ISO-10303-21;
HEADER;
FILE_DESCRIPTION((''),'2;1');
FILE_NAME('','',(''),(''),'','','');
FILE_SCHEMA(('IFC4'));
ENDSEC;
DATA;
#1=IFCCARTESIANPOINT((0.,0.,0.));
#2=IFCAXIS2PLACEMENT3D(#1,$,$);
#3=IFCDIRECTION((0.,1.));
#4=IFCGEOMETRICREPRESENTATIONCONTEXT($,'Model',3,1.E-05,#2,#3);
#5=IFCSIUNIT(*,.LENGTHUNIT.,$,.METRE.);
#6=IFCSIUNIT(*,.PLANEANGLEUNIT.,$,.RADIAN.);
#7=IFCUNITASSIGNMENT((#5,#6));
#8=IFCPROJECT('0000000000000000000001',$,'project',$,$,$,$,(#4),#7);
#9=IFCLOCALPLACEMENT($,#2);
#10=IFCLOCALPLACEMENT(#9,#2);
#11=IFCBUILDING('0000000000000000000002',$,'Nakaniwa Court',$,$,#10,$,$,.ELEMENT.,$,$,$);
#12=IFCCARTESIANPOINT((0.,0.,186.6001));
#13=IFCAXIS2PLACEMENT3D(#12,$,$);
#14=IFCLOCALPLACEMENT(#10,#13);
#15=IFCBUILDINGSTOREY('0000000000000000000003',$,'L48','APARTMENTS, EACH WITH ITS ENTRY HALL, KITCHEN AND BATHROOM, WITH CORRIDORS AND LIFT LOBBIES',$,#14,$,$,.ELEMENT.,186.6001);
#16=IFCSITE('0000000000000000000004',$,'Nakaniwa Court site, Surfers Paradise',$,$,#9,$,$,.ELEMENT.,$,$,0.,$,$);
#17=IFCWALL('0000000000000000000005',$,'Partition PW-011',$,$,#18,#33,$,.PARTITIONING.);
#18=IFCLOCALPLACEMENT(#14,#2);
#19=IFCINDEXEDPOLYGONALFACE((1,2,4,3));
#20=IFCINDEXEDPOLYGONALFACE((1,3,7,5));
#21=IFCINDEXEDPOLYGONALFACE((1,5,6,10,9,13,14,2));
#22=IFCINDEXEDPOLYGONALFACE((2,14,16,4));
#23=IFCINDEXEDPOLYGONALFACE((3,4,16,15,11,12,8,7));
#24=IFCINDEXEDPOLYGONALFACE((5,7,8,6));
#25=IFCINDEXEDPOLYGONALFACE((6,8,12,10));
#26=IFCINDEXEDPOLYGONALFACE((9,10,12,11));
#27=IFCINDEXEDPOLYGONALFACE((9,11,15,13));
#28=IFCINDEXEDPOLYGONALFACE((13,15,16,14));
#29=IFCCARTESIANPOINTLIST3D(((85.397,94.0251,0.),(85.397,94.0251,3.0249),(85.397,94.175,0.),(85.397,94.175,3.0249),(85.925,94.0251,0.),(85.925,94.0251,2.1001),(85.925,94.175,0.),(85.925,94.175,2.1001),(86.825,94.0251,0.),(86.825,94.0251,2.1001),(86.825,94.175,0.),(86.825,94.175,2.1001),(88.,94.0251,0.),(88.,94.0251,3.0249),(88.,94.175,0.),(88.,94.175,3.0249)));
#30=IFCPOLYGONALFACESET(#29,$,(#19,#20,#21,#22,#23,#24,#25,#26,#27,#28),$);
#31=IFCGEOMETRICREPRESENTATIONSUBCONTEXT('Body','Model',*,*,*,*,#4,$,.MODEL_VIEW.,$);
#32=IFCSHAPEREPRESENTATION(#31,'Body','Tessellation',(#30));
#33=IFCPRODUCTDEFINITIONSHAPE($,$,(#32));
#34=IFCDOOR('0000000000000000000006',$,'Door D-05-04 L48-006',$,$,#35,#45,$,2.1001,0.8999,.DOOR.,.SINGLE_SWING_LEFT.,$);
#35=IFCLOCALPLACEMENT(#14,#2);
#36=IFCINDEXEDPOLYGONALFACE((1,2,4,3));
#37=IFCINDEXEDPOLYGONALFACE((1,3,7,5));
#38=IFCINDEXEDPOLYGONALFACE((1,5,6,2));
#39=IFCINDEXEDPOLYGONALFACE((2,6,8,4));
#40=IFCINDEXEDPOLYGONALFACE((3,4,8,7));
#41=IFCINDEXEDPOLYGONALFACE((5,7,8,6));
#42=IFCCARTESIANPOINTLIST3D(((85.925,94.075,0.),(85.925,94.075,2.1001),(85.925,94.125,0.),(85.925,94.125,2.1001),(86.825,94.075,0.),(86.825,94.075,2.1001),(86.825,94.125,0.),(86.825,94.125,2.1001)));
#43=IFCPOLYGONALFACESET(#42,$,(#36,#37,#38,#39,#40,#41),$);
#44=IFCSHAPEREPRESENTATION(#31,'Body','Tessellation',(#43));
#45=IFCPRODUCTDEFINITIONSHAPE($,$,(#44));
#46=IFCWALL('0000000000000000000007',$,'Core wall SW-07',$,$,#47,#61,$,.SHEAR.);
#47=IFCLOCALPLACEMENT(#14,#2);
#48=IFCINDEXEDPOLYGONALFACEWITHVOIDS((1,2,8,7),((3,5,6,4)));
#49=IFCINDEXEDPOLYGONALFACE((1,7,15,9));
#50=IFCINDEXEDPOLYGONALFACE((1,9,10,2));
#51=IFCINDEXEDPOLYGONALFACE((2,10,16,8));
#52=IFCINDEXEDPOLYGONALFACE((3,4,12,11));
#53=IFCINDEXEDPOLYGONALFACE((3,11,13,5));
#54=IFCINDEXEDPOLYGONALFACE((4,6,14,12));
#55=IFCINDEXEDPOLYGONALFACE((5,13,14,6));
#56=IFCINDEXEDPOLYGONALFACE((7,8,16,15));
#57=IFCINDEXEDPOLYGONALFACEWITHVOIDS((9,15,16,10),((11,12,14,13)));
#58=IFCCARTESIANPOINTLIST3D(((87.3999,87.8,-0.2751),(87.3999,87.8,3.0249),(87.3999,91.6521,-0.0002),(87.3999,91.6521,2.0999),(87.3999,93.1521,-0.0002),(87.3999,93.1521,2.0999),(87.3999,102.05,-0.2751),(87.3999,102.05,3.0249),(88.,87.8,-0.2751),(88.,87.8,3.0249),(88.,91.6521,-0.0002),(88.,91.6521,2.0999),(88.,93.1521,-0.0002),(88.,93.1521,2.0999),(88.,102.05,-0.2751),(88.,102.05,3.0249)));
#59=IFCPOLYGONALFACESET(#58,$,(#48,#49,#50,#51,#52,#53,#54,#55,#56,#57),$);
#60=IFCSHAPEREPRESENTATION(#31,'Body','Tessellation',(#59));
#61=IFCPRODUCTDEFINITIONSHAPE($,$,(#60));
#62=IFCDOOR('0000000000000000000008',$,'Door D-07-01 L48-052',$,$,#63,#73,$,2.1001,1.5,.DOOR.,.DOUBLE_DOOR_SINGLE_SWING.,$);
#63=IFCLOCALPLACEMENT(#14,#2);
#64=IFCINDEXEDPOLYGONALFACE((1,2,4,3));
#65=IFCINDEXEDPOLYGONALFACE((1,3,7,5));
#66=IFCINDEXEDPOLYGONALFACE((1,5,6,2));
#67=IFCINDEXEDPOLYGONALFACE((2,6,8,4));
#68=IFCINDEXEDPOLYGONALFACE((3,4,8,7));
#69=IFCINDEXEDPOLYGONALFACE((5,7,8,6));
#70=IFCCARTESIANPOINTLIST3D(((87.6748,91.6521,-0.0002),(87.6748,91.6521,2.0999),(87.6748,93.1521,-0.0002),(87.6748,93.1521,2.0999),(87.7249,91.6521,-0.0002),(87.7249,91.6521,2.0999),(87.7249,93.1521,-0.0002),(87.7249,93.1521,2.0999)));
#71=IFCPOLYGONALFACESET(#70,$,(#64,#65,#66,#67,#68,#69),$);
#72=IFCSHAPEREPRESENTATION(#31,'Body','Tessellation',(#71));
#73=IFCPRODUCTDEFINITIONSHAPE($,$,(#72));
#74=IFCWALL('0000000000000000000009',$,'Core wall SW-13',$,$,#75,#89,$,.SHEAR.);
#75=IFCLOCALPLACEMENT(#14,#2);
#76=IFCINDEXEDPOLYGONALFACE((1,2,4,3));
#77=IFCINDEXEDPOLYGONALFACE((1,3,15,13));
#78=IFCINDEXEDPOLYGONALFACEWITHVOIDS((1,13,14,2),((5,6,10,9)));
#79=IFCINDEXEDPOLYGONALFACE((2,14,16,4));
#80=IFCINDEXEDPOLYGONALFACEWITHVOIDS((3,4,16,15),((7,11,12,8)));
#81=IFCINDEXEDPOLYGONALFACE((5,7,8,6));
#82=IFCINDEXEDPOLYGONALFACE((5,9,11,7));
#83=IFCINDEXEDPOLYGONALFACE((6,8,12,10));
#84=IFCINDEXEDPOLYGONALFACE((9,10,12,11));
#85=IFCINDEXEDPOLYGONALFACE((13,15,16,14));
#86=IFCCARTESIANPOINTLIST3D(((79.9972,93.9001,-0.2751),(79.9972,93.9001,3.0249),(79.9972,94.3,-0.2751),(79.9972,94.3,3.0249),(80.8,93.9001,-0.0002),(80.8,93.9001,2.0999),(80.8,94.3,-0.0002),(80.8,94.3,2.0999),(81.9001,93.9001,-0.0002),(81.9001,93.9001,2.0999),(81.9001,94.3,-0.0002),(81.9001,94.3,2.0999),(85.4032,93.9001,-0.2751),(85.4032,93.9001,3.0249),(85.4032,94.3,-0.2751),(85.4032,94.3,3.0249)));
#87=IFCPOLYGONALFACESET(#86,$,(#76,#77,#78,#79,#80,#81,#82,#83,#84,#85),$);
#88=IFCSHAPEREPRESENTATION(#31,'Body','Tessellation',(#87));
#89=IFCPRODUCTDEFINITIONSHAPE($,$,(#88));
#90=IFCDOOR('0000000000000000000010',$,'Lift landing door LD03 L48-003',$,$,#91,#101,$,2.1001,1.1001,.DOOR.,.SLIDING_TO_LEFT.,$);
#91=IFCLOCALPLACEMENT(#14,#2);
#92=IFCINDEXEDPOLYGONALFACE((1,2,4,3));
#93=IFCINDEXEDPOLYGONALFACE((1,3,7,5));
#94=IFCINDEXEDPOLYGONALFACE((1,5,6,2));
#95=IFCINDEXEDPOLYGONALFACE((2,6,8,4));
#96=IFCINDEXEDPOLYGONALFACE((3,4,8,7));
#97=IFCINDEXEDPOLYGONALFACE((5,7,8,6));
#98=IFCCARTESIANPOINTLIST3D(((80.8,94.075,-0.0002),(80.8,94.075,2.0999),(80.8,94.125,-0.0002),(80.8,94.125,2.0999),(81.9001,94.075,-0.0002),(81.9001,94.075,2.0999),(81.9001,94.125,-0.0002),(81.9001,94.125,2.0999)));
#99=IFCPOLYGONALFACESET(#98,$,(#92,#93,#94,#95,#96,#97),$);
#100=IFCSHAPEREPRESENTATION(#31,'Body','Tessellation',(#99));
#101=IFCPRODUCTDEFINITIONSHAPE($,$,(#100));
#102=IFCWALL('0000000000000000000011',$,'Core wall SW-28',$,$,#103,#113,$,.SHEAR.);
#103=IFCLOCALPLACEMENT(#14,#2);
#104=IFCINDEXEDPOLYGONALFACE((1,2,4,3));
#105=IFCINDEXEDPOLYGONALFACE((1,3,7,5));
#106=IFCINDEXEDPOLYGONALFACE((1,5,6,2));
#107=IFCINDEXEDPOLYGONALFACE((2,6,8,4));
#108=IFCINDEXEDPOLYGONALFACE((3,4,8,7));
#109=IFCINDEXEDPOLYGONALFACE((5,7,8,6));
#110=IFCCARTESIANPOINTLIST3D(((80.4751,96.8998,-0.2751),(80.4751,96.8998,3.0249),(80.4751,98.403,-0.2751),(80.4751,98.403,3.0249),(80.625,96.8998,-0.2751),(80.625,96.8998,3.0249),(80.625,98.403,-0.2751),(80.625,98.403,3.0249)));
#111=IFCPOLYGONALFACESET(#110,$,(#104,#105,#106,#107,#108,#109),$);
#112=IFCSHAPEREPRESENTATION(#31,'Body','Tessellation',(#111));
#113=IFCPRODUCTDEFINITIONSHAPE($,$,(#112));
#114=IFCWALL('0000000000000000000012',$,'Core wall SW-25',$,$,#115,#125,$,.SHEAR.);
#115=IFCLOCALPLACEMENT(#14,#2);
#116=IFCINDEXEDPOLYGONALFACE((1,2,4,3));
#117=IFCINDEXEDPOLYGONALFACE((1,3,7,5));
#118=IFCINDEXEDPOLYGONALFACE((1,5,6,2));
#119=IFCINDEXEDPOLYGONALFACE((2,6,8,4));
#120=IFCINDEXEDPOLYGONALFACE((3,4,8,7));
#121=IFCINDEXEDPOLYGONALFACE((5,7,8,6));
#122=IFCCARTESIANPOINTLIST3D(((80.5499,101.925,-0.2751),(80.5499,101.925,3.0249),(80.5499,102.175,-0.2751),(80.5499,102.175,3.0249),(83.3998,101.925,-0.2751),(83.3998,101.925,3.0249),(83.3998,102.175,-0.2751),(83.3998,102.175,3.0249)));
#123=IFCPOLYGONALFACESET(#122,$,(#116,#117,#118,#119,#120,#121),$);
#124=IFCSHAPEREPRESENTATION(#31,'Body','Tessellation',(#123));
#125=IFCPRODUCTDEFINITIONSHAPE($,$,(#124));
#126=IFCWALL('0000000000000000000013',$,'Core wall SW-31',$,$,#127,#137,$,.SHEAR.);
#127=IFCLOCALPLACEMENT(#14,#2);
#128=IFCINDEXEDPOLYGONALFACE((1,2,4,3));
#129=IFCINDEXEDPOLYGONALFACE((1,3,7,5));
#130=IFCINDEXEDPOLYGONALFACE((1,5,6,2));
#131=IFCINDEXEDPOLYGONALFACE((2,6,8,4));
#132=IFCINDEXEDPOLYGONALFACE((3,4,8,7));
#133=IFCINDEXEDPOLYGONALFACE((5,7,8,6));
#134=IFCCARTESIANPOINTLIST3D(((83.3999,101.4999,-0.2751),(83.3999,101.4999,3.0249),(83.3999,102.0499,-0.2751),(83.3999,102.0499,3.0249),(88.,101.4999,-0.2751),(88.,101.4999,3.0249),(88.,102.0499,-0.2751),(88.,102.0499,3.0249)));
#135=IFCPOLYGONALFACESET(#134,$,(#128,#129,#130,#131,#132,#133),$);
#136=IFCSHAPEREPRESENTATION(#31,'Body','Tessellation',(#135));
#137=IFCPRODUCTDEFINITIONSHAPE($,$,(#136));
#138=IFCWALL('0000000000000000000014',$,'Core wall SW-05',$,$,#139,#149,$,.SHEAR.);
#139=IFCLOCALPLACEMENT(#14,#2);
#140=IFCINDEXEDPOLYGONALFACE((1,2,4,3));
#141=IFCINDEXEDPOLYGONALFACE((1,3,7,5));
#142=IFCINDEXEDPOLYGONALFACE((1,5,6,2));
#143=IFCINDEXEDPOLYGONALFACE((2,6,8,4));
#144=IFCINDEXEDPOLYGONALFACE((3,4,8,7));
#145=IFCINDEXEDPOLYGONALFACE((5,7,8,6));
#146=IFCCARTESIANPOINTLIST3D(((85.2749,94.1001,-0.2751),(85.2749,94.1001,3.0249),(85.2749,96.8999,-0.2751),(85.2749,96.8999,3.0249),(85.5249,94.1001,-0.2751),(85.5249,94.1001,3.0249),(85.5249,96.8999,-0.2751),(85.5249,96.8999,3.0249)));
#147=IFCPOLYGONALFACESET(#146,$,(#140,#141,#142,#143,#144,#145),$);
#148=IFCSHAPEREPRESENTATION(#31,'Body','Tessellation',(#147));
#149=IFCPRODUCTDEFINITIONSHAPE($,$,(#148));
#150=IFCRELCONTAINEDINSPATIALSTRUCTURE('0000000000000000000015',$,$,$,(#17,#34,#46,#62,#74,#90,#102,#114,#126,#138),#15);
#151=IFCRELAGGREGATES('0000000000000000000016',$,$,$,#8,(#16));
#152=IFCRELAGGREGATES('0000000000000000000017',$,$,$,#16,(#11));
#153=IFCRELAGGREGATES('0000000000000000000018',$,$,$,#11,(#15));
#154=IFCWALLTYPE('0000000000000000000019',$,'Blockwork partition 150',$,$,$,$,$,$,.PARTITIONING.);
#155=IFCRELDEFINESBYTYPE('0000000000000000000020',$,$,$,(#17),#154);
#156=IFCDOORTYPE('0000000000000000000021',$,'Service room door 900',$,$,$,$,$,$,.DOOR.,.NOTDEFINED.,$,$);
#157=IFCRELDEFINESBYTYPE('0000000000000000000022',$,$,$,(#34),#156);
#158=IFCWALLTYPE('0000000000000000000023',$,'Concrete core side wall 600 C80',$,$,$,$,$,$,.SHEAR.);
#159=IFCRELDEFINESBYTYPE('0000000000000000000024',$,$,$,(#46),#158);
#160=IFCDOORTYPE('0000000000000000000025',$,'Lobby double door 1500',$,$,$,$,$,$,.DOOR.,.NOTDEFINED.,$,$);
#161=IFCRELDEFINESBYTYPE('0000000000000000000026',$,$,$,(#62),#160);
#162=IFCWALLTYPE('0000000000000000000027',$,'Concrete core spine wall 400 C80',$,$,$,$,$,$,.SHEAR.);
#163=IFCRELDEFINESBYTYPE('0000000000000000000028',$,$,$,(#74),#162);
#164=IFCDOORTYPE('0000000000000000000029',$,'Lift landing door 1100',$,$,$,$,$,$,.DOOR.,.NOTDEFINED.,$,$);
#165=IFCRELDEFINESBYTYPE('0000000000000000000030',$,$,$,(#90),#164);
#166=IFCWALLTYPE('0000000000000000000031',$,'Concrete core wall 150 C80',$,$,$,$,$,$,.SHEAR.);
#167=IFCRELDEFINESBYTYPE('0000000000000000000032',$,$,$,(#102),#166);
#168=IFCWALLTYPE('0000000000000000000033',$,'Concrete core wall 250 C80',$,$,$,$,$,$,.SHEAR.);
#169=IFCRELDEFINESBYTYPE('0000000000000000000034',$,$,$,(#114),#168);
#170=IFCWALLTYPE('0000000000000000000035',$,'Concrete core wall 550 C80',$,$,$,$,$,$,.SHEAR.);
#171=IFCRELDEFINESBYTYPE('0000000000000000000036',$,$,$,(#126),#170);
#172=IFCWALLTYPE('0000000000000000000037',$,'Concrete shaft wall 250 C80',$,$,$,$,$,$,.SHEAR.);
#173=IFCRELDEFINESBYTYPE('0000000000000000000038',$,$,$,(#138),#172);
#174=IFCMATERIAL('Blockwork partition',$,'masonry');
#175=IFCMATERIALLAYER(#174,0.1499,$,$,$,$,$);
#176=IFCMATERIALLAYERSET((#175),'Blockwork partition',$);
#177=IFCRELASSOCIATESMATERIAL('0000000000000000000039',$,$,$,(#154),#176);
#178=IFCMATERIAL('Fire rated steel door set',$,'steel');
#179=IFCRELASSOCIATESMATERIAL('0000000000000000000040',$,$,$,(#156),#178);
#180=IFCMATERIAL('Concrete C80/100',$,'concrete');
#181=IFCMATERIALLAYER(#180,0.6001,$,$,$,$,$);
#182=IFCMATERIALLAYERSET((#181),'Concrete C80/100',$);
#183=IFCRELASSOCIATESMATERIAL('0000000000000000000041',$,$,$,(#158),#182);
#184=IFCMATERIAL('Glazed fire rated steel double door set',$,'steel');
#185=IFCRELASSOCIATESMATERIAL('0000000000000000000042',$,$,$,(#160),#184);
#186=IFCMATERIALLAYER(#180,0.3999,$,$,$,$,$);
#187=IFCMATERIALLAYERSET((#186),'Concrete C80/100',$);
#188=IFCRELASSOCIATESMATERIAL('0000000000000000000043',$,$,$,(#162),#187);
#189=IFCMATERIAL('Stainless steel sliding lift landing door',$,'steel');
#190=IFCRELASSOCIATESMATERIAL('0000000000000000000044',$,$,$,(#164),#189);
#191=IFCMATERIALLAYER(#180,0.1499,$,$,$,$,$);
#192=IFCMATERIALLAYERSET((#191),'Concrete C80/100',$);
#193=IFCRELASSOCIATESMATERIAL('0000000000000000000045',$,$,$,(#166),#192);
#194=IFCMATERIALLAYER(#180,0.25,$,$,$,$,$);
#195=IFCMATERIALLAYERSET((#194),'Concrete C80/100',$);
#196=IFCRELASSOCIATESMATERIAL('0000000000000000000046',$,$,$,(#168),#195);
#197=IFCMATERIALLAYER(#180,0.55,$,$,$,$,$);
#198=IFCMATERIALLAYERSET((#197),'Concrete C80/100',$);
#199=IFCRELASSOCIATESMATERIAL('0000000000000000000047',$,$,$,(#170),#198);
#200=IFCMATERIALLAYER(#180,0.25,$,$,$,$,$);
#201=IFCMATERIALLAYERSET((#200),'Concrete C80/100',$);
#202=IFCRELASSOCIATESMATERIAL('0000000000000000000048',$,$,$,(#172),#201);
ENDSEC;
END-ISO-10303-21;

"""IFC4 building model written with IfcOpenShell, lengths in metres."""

from ifc_helpers import new_model, si_unit, direction, frame, frame_2d, origin, place, context, subcontext, project, spatial, rectangle, extrude, material, layer, layer_set, type_object, element, fill, save


model = new_model("IFC4")

# Units and contexts
model_context = context("Model", 3, precision=1e-05, world=origin(), true_north=direction((0.0, 1.0)))
body_context = subcontext(model_context, "Body", "Model", "MODEL_VIEW")
ifc_project = project(units=[si_unit("LENGTHUNIT", "METRE"), si_unit("PLANEANGLEUNIT", "RADIAN")], contexts=[model_context])

# Site, building, storey
site_placement = place(None, origin())
site = spatial("IfcSite", under=ifc_project, at=site_placement, Name="Nakaniwa Court site, Surfers Paradise", CompositionType="ELEMENT", RefElevation=0.0)
building_placement = place(site_placement, origin())
building = spatial("IfcBuilding", under=site, at=building_placement, Name="Nakaniwa Court", CompositionType="ELEMENT")
storey_placement = place(building_placement, frame((0.0, 0.0, 186.6001)))
storey = spatial("IfcBuildingStorey", under=building, at=storey_placement, Name="L48", Description="APARTMENTS, EACH WITH ITS ENTRY HALL, KITCHEN AND BATHROOM, WITH CORRIDORS AND LIFT LOBBIES", CompositionType="ELEMENT", Elevation=186.6001)

# Walls, openings, doors
ifc_material_1 = material(Name="Blockwork partition", Category="masonry")
ifc_layer_1 = layer(ifc_material_1, 0.1499)
ifc_layer_set_1 = layer_set([ifc_layer_1], Name="Blockwork partition")
wall_type_1 = type_object("IfcWallType", Name="Blockwork partition 150", PredefinedType="PARTITIONING", material=ifc_layer_set_1)
wall_1_placement = place(storey_placement, frame((85.397, 94.1001, 0.0), z_axis=(0.0, 0.0, 1.0), x_axis=(1.0, 0.0, 0.0)))
wall_1 = element("IfcWall", 1, at=wall_1_placement, inside=storey, type_object=wall_type_1, Name="Partition PW-011", PredefinedType="PARTITIONING", context=body_context, shape_type="SweptSolid", body=[
    extrude(rectangle(XDim=2.603, YDim=0.1499, at=frame_2d((1.3015, 0.0))), origin(), (0.0, 0.0, 1.0), 3.0249),
])
opening_1_placement = place(wall_1_placement, frame((0.5281, 0.0, 0.0)))
opening_1 = element("IfcOpeningElement", 2, at=opening_1_placement, cuts=wall_1, PredefinedType="OPENING", context=body_context, shape_type="SweptSolid", body=[
    extrude(rectangle(XDim=0.8999, YDim=2.1001, at=frame_2d((0.45, 1.05))), frame((0.0, 0.085, 0.0), z_axis=(0.0, -1.0, 0.0), x_axis=(1.0, 0.0, 0.0)), (0.0, 0.0, 1.0), 0.1699),
])
ifc_material_2 = material(Name="Fire rated steel door set", Category="steel")
door_type_1 = type_object("IfcDoorType", Name="Service room door 900", OperationType="NOTDEFINED", PredefinedType="DOOR", material=ifc_material_2)
door_1_placement = place(opening_1_placement, origin())
door_1 = element("IfcDoor", 3, at=door_1_placement, inside=storey, type_object=door_type_1, Name="Door D-05-04 L48-006", OperationType="SINGLE_SWING_LEFT", OverallHeight=2.1001, OverallWidth=0.8999, PredefinedType="DOOR", context=body_context, shape_type="SweptSolid", body=[
    extrude(rectangle(XDim=0.8999, YDim=2.1001, at=frame_2d((0.45, 1.05))), frame((0.0, 0.0249, 0.0), z_axis=(0.0, -1.0, 0.0), x_axis=(1.0, 0.0, 0.0)), (0.0, 0.0, 1.0), 0.05),
])
fill(opening_1, door_1)
ifc_material_3 = material(Name="Concrete C80/100", Category="concrete")
ifc_layer_2 = layer(ifc_material_3, 0.6001)
ifc_layer_set_2 = layer_set([ifc_layer_2], Name="Concrete C80/100")
wall_type_2 = type_object("IfcWallType", Name="Concrete core side wall 600 C80", PredefinedType="SHEAR", material=ifc_layer_set_2)
wall_2_placement = place(storey_placement, frame((87.7, 102.05, -0.2751), z_axis=(0.0, 0.0, 1.0), x_axis=(0.0, -1.0, 0.0)))
wall_2 = element("IfcWall", 4, at=wall_2_placement, inside=storey, type_object=wall_type_2, Name="Core wall SW-07", PredefinedType="SHEAR", context=body_context, shape_type="SweptSolid", body=[
    extrude(rectangle(XDim=14.25, YDim=0.6001, at=frame_2d((7.125, 0.0))), origin(), (0.0, 0.0, 1.0), 3.3),
])
opening_2_placement = place(wall_2_placement, frame((8.8979, 0.0, 0.2749)))
opening_2 = element("IfcOpeningElement", 5, at=opening_2_placement, cuts=wall_2, PredefinedType="OPENING", context=body_context, shape_type="SweptSolid", body=[
    extrude(rectangle(XDim=1.5, YDim=2.1001, at=frame_2d((0.75, 1.05))), frame((0.0, 0.3101, 0.0), z_axis=(0.0, -1.0, 0.0), x_axis=(1.0, 0.0, 0.0)), (0.0, 0.0, 1.0), 0.6201),
])
ifc_material_4 = material(Name="Glazed fire rated steel double door set", Category="steel")
door_type_2 = type_object("IfcDoorType", Name="Lobby double door 1500", OperationType="NOTDEFINED", PredefinedType="DOOR", material=ifc_material_4)
door_2_placement = place(opening_2_placement, origin())
door_2 = element("IfcDoor", 6, at=door_2_placement, inside=storey, type_object=door_type_2, Name="Door D-07-01 L48-052", OperationType="DOUBLE_DOOR_SINGLE_SWING", OverallHeight=2.1001, OverallWidth=1.5, PredefinedType="DOOR", context=body_context, shape_type="SweptSolid", body=[
    extrude(rectangle(XDim=1.5, YDim=2.1001, at=frame_2d((0.75, 1.05))), frame((0.0, 0.0249, 0.0), z_axis=(0.0, -1.0, 0.0), x_axis=(1.0, 0.0, 0.0)), (0.0, 0.0, 1.0), 0.05),
])
fill(opening_2, door_2)
ifc_layer_3 = layer(ifc_material_3, 0.3999)
ifc_layer_set_3 = layer_set([ifc_layer_3], Name="Concrete C80/100")
wall_type_3 = type_object("IfcWallType", Name="Concrete core spine wall 400 C80", PredefinedType="SHEAR", material=ifc_layer_set_3)
wall_3_placement = place(storey_placement, frame((79.9971, 94.1001, -0.2751), z_axis=(0.0, 0.0, 1.0), x_axis=(1.0, 0.0, 0.0)))
wall_3 = element("IfcWall", 7, at=wall_3_placement, inside=storey, type_object=wall_type_3, Name="Core wall SW-13", PredefinedType="SHEAR", context=body_context, shape_type="SweptSolid", body=[
    extrude(rectangle(XDim=5.406, YDim=0.3999, at=frame_2d((2.7031, 0.0))), origin(), (0.0, 0.0, 1.0), 3.3),
])
opening_3_placement = place(wall_3_placement, frame((0.803, 0.0, 0.2749)))
opening_3 = element("IfcOpeningElement", 8, at=opening_3_placement, cuts=wall_3, PredefinedType="OPENING", context=body_context, shape_type="SweptSolid", body=[
    extrude(rectangle(XDim=1.1001, YDim=2.1001, at=frame_2d((0.55, 1.05))), frame((0.0, 0.21, 0.0), z_axis=(0.0, -1.0, 0.0), x_axis=(1.0, 0.0, 0.0)), (0.0, 0.0, 1.0), 0.4199),
])
ifc_material_5 = material(Name="Stainless steel sliding lift landing door", Category="steel")
door_type_3 = type_object("IfcDoorType", Name="Lift landing door 1100", OperationType="NOTDEFINED", PredefinedType="DOOR", material=ifc_material_5)
door_3_placement = place(opening_3_placement, origin())
door_3 = element("IfcDoor", 9, at=door_3_placement, inside=storey, type_object=door_type_3, Name="Lift landing door LD03 L48-003", OperationType="SLIDING_TO_LEFT", OverallHeight=2.1001, OverallWidth=1.1001, PredefinedType="DOOR", context=body_context, shape_type="SweptSolid", body=[
    extrude(rectangle(XDim=1.1001, YDim=2.1001, at=frame_2d((0.55, 1.05))), frame((0.0, 0.0249, 0.0), z_axis=(0.0, -1.0, 0.0), x_axis=(1.0, 0.0, 0.0)), (0.0, 0.0, 1.0), 0.05),
])
fill(opening_3, door_3)

# Walls
ifc_layer_4 = layer(ifc_material_3, 0.1499)
ifc_layer_set_4 = layer_set([ifc_layer_4], Name="Concrete C80/100")
wall_type_4 = type_object("IfcWallType", Name="Concrete core wall 150 C80", PredefinedType="SHEAR", material=ifc_layer_set_4)
wall_4_placement = place(storey_placement, frame((80.55, 96.8999, -0.2751), z_axis=(0.0, 0.0, 1.0), x_axis=(0.0, 1.0, 0.0)))
element("IfcWall", 10, at=wall_4_placement, inside=storey, type_object=wall_type_4, Name="Core wall SW-28", PredefinedType="SHEAR", context=body_context, shape_type="SweptSolid", body=[
    extrude(rectangle(XDim=1.5032, YDim=0.1499, at=frame_2d((0.7515, 0.0))), origin(), (0.0, 0.0, 1.0), 3.3),
])
ifc_layer_5 = layer(ifc_material_3, 0.25)
ifc_layer_set_5 = layer_set([ifc_layer_5], Name="Concrete C80/100")
wall_type_5 = type_object("IfcWallType", Name="Concrete core wall 250 C80", PredefinedType="SHEAR", material=ifc_layer_set_5)
wall_5_placement = place(storey_placement, frame((80.55, 102.05, -0.2751), z_axis=(0.0, 0.0, 1.0), x_axis=(1.0, 0.0, 0.0)))
element("IfcWall", 11, at=wall_5_placement, inside=storey, type_object=wall_type_5, Name="Core wall SW-25", PredefinedType="SHEAR", context=body_context, shape_type="SweptSolid", body=[
    extrude(rectangle(XDim=2.8499, YDim=0.25, at=frame_2d((1.4248, 0.0))), origin(), (0.0, 0.0, 1.0), 3.3),
])
ifc_layer_6 = layer(ifc_material_3, 0.55)
ifc_layer_set_6 = layer_set([ifc_layer_6], Name="Concrete C80/100")
wall_type_6 = type_object("IfcWallType", Name="Concrete core wall 550 C80", PredefinedType="SHEAR", material=ifc_layer_set_6)
wall_6_placement = place(storey_placement, frame((83.3999, 101.7749, -0.2751), z_axis=(0.0, 0.0, 1.0), x_axis=(1.0, 0.0, 0.0)))
element("IfcWall", 12, at=wall_6_placement, inside=storey, type_object=wall_type_6, Name="Core wall SW-31", PredefinedType="SHEAR", context=body_context, shape_type="SweptSolid", body=[
    extrude(rectangle(XDim=4.6001, YDim=0.55, at=frame_2d((2.3, 0.0))), origin(), (0.0, 0.0, 1.0), 3.3),
])
ifc_layer_7 = layer(ifc_material_3, 0.25)
ifc_layer_set_7 = layer_set([ifc_layer_7], Name="Concrete C80/100")
wall_type_7 = type_object("IfcWallType", Name="Concrete shaft wall 250 C80", PredefinedType="SHEAR", material=ifc_layer_set_7)
wall_7_placement = place(storey_placement, frame((85.3999, 94.1001, -0.2751), z_axis=(0.0, 0.0, 1.0), x_axis=(0.0, 1.0, 0.0)))
element("IfcWall", 13, at=wall_7_placement, inside=storey, type_object=wall_type_7, Name="Core wall SW-05", PredefinedType="SHEAR", context=body_context, shape_type="SweptSolid", body=[
    extrude(rectangle(XDim=2.7998, YDim=0.25, at=frame_2d((1.3999, 0.0))), origin(), (0.0, 0.0, 1.0), 3.3),
])

save(model, "model.ifc")
